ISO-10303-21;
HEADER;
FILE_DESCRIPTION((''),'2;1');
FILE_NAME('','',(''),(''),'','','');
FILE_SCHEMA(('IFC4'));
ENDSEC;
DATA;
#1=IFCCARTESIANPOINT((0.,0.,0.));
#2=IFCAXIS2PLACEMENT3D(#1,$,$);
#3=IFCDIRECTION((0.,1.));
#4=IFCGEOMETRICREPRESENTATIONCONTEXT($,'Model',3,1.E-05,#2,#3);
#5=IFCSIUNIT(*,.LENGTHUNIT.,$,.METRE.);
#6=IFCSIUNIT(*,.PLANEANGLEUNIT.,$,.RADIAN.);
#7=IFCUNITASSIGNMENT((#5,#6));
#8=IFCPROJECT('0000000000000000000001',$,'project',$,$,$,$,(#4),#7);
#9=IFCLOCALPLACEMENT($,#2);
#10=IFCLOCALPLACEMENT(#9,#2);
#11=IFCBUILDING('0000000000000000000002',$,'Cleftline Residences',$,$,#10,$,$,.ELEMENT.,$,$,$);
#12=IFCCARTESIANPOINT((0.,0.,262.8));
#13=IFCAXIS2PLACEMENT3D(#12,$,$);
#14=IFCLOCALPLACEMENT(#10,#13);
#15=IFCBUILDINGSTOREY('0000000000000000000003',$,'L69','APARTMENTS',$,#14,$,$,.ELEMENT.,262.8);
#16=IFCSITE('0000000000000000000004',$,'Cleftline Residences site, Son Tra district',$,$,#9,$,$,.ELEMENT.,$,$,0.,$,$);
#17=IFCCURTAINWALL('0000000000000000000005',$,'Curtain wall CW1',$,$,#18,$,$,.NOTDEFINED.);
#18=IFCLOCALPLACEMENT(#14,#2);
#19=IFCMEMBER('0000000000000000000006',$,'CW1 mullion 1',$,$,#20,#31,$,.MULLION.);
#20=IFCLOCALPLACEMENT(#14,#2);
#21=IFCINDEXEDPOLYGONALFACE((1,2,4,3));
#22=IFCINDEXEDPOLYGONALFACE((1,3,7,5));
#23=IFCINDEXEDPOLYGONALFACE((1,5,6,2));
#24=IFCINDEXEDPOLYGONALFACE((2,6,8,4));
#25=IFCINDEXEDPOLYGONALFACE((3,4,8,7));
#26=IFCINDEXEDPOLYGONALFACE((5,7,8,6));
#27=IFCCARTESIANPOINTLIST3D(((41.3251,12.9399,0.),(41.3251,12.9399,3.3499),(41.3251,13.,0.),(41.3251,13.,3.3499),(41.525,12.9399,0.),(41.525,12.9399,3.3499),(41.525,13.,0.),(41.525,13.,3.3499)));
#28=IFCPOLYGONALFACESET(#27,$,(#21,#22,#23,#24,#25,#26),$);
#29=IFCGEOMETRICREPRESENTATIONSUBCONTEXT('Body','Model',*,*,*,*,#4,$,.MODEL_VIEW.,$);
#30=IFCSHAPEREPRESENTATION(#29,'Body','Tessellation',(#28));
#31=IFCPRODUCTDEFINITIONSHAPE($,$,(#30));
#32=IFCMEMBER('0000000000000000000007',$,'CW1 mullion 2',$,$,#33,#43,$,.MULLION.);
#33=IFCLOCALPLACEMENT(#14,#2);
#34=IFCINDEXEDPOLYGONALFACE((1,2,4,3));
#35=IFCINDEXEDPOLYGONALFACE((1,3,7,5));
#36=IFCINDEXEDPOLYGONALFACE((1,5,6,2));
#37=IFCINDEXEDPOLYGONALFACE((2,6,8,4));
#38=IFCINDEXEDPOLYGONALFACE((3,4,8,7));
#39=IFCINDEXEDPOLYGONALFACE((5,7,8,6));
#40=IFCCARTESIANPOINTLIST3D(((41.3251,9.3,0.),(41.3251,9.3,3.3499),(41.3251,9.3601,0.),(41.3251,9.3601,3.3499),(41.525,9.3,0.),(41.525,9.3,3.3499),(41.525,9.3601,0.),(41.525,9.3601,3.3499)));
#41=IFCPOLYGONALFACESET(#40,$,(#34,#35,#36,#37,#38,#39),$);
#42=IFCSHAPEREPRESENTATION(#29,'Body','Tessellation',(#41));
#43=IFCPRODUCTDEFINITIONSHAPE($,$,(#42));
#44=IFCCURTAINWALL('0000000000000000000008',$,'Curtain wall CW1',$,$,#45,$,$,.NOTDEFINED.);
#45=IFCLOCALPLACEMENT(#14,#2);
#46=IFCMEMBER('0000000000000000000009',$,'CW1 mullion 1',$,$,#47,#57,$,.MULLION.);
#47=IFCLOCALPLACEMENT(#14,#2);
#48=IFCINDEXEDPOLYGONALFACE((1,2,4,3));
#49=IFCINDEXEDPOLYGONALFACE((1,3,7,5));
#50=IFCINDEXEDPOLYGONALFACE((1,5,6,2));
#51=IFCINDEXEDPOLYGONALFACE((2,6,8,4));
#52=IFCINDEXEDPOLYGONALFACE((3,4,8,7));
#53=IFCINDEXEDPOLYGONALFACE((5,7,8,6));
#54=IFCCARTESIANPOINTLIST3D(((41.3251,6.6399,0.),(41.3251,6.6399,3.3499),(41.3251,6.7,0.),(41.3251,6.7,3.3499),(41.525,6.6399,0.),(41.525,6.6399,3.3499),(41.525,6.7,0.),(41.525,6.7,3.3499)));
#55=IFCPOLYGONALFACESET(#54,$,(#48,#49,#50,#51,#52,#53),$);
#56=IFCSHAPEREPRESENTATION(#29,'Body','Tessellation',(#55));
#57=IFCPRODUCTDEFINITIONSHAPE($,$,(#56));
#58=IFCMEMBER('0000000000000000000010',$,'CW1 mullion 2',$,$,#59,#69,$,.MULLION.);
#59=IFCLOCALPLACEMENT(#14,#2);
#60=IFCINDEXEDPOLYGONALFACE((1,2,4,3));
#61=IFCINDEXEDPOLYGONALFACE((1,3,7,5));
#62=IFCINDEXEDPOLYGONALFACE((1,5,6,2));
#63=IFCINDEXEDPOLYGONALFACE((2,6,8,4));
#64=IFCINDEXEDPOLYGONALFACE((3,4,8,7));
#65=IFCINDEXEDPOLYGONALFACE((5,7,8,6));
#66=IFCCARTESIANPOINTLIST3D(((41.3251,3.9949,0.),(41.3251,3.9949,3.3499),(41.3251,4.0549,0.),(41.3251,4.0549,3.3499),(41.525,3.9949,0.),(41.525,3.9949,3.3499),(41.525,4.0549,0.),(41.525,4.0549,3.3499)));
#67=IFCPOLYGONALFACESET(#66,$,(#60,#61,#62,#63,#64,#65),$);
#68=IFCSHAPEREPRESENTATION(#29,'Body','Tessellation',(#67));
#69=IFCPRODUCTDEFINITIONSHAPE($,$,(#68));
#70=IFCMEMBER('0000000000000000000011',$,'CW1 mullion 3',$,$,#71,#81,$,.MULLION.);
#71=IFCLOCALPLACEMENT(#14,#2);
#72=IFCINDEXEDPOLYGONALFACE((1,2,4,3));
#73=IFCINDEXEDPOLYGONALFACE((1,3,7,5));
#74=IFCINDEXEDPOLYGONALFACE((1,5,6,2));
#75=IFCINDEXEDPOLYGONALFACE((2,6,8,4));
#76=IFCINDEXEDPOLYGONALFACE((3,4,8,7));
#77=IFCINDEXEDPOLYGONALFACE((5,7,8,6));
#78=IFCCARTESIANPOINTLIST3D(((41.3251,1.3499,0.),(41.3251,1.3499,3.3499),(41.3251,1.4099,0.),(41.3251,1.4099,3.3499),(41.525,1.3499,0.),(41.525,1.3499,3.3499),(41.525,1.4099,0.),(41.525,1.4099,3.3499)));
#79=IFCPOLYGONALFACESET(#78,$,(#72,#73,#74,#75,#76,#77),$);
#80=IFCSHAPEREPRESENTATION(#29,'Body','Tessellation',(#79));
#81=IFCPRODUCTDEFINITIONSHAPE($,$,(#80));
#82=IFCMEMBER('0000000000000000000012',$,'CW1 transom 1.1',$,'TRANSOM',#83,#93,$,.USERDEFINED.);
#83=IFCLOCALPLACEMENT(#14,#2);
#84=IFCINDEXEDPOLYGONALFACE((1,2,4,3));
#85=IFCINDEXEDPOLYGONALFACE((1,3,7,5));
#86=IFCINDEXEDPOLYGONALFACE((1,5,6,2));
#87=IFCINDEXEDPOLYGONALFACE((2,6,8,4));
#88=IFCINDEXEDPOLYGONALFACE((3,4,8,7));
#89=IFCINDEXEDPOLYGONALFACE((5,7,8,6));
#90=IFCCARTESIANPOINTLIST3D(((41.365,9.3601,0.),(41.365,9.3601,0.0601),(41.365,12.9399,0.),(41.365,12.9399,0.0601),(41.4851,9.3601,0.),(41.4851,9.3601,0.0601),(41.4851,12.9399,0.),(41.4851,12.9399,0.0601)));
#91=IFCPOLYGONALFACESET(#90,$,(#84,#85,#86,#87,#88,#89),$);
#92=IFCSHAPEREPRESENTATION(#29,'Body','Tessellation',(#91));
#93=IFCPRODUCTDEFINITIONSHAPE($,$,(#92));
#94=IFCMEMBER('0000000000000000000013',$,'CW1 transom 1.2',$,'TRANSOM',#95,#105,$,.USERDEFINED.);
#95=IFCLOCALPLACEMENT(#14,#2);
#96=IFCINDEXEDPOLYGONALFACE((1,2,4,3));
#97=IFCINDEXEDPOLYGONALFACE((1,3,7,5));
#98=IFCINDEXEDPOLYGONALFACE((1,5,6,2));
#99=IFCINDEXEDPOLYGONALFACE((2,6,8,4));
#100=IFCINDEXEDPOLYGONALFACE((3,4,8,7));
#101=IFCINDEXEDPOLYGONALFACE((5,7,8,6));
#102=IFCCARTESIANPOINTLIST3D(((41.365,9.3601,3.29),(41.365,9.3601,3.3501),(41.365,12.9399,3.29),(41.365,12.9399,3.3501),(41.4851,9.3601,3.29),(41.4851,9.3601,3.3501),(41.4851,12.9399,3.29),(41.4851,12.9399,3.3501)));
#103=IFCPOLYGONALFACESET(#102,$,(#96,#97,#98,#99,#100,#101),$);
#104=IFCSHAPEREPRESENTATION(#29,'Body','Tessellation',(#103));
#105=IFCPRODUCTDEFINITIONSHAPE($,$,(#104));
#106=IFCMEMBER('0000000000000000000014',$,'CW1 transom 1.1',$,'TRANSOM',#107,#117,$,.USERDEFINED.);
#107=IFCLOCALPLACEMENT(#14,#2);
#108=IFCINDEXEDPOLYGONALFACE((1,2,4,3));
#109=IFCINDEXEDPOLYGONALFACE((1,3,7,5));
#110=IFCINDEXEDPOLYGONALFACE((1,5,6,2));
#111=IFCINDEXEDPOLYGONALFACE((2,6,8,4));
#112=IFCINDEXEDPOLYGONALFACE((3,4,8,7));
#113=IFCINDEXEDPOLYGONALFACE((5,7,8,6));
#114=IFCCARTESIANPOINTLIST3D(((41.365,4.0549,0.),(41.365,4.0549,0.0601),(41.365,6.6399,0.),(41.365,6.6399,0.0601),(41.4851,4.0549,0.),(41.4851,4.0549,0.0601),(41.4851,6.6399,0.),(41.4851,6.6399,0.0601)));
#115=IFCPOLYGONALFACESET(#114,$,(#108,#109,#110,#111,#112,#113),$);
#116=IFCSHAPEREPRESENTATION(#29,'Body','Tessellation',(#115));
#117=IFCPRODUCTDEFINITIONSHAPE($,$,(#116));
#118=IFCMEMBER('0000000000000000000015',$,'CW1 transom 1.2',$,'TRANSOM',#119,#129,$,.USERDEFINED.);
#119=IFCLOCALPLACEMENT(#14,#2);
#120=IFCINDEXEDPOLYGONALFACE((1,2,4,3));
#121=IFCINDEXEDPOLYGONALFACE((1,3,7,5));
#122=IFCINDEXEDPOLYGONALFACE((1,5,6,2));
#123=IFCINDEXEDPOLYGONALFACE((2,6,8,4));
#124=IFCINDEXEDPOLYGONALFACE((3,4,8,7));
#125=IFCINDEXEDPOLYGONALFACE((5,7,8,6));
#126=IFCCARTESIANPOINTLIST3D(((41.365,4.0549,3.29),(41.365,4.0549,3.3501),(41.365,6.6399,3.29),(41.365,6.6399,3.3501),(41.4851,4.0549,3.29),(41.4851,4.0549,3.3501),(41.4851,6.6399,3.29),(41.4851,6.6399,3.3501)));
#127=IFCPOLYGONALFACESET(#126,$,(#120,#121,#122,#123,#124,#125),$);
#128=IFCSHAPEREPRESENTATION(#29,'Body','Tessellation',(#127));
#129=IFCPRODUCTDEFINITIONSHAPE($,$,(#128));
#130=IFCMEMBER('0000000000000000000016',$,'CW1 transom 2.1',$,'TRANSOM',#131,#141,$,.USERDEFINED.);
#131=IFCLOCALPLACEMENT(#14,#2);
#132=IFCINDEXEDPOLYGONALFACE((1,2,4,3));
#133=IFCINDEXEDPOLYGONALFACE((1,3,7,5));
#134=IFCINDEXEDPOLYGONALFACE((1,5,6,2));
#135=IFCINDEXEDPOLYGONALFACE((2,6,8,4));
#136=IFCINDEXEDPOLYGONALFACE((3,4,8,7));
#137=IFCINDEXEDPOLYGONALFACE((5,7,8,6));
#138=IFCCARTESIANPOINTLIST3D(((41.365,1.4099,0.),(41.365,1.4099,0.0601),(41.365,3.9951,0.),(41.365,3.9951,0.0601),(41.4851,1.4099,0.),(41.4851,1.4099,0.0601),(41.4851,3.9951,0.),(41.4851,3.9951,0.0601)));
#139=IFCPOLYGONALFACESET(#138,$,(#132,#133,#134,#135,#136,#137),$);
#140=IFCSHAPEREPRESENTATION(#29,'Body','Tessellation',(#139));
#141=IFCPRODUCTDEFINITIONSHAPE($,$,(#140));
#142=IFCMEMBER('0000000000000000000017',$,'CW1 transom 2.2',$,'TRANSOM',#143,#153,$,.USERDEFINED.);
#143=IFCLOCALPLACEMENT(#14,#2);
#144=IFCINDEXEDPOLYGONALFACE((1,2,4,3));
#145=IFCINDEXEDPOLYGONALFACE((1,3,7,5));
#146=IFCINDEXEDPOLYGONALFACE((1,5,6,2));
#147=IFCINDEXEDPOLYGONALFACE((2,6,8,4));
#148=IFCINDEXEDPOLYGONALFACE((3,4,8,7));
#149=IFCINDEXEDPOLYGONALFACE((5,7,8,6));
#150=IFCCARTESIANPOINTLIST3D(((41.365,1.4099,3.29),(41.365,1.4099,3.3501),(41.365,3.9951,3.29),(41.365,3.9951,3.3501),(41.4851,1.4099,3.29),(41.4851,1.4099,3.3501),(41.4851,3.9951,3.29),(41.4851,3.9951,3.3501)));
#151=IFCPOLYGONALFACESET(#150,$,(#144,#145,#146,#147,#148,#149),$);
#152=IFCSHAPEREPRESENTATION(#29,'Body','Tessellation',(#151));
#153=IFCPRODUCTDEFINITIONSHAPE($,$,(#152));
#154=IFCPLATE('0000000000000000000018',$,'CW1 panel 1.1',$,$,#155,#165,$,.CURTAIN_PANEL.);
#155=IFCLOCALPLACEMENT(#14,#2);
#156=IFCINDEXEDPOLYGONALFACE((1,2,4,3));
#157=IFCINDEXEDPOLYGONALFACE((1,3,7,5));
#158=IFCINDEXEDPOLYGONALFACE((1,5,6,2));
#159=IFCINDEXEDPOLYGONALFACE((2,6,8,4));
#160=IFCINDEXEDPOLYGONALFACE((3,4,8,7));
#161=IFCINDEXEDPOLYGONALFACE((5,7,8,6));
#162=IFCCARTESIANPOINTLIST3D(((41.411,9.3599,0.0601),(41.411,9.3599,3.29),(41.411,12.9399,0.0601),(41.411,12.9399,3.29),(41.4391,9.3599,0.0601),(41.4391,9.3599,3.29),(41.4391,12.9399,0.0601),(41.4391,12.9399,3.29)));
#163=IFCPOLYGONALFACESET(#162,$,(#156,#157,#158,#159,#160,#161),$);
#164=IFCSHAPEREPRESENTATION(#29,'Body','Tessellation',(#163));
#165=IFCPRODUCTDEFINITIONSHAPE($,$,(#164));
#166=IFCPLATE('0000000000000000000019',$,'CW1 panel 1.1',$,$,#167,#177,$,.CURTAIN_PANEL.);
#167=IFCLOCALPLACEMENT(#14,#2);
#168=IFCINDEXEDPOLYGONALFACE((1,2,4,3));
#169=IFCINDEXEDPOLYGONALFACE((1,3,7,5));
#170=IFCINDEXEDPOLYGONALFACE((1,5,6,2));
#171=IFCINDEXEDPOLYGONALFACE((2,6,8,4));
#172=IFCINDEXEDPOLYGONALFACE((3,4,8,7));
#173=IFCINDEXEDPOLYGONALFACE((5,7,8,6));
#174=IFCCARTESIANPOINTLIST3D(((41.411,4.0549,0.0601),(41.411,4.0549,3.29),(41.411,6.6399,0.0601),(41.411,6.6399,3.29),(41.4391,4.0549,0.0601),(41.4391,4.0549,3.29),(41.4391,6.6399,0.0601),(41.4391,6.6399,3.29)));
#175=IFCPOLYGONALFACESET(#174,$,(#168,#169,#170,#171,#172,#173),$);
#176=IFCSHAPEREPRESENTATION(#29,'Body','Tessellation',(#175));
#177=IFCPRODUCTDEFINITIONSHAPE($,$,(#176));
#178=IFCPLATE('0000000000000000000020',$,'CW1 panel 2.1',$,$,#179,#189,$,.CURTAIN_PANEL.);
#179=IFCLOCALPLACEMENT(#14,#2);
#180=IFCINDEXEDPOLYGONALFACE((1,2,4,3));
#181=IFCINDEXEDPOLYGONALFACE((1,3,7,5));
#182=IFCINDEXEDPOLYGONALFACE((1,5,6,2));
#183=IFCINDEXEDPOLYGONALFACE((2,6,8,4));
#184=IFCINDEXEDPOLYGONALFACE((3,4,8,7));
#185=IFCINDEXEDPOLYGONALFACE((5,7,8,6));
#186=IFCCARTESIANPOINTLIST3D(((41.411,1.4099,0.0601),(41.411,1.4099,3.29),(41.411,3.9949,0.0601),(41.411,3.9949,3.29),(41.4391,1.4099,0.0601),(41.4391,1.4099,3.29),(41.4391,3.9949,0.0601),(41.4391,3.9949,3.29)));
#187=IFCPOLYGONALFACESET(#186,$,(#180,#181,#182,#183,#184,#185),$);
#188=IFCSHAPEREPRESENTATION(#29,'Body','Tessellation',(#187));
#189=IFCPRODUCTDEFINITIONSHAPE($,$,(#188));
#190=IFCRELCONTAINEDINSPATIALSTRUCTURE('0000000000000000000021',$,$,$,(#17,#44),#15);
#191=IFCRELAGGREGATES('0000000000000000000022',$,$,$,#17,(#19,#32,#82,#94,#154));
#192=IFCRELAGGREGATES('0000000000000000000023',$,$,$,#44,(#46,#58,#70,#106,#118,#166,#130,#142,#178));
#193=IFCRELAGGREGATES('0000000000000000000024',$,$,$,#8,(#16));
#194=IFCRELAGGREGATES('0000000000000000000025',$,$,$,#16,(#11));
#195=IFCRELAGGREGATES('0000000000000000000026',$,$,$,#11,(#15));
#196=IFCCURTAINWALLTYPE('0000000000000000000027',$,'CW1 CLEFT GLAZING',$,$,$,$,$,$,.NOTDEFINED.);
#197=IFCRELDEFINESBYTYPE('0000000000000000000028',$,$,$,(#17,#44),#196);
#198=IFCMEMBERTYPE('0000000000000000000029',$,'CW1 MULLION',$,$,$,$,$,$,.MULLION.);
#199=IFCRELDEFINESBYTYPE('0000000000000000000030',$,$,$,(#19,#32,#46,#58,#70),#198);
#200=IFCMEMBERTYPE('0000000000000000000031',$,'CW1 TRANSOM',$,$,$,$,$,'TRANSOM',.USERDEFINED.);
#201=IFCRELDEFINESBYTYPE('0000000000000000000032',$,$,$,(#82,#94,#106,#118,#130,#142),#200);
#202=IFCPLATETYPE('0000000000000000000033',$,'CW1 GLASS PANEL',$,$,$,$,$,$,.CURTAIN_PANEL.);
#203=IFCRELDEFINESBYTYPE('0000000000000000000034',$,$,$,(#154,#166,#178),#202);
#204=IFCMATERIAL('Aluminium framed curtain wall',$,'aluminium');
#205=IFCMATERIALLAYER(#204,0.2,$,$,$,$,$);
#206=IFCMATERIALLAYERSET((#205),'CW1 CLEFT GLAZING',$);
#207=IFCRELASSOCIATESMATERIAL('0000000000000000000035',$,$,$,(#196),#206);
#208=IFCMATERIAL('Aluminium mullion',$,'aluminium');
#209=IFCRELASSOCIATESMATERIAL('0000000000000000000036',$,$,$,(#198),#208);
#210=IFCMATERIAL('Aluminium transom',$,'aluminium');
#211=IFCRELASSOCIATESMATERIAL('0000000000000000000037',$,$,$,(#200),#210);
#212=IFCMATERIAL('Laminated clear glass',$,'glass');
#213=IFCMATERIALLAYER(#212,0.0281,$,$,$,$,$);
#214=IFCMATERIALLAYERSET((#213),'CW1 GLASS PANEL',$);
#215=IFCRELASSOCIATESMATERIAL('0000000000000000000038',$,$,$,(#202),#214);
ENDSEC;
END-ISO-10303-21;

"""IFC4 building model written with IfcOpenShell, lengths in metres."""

from ifc_helpers import new_model, si_unit, direction, frame, origin, origin_2d, place, context, subcontext, project, spatial, rectangle, extrude, material, layer, layer_set, material_profile, profile_set, type_object, element, aggregate, save


model = new_model("IFC4")

# Units and contexts
model_context = context("Model", 3, precision=1e-05, world=origin(), true_north=direction((0.0, 1.0)))
body_context = subcontext(model_context, "Body", "Model", "MODEL_VIEW")
ifc_project = project(units=[si_unit("LENGTHUNIT", "METRE"), si_unit("PLANEANGLEUNIT", "RADIAN")], contexts=[model_context])

# Site, building, storey
site_placement = place(None, origin())
site = spatial("IfcSite", under=ifc_project, at=site_placement, Name="Cleftline Residences site, Son Tra district", CompositionType="ELEMENT", RefElevation=0.0)
building_placement = place(site_placement, origin())
building = spatial("IfcBuilding", under=site, at=building_placement, Name="Cleftline Residences", CompositionType="ELEMENT")
storey_placement = place(building_placement, frame((0.0, 0.0, 262.8)))
storey = spatial("IfcBuildingStorey", under=building, at=storey_placement, Name="L69", Description="APARTMENTS", CompositionType="ELEMENT", Elevation=262.8)

# Curtain walls, members
ifc_material_1 = material(Name="Aluminium framed curtain wall", Category="aluminium")
ifc_layer_1 = layer(ifc_material_1, 0.2)
ifc_layer_set_1 = layer_set([ifc_layer_1], Name="CW1 CLEFT GLAZING")
curtain_wall_type = type_object("IfcCurtainWallType", Name="CW1 CLEFT GLAZING", PredefinedType="NOTDEFINED", material=ifc_layer_set_1)
curtain_wall_1_placement = place(storey_placement, origin())
curtain_wall_1 = element("IfcCurtainWall", 1, at=curtain_wall_1_placement, inside=storey, type_object=curtain_wall_type, Name="Curtain wall CW1", PredefinedType="NOTDEFINED")
ifc_material_2 = material(Name="Aluminium mullion", Category="aluminium")
ifc_material_profile_1 = material_profile(ifc_material_2, rectangle(XDim=0.2, YDim=0.0601, at=origin_2d()))
ifc_profile_set_1 = profile_set([ifc_material_profile_1], Name="Aluminium mullion")
member_type_1 = type_object("IfcMemberType", Name="CW1 MULLION", PredefinedType="MULLION", material=ifc_profile_set_1)
member_1_placement = place(storey_placement, frame((41.425, 12.97, 0.0), z_axis=(0.0, 0.0, 1.0), x_axis=(1.0, 0.0, 0.0)))
member_1 = element("IfcMember", 2, at=member_1_placement, type_object=member_type_1, Name="CW1 mullion 1", PredefinedType="MULLION", context=body_context, shape_type="SweptSolid", body=[
    extrude(rectangle(XDim=0.2, YDim=0.0601, at=origin_2d()), origin(), (0.0, 0.0, 1.0), 3.3499),
])
member_2_placement = place(storey_placement, frame((41.425, 9.3301, 0.0), z_axis=(0.0, 0.0, 1.0), x_axis=(1.0, 0.0, 0.0)))
member_2 = element("IfcMember", 3, at=member_2_placement, type_object=member_type_1, Name="CW1 mullion 2", PredefinedType="MULLION", context=body_context, shape_type="SweptSolid", body=[
    extrude(rectangle(XDim=0.2, YDim=0.0601, at=origin_2d()), origin(), (0.0, 0.0, 1.0), 3.3499),
])
curtain_wall_2_placement = place(storey_placement, origin())
curtain_wall_2 = element("IfcCurtainWall", 4, at=curtain_wall_2_placement, inside=storey, type_object=curtain_wall_type, Name="Curtain wall CW1", PredefinedType="NOTDEFINED")
member_3_placement = place(storey_placement, frame((41.425, 6.6699, 0.0), z_axis=(0.0, 0.0, 1.0), x_axis=(1.0, 0.0, 0.0)))
member_3 = element("IfcMember", 5, at=member_3_placement, type_object=member_type_1, Name="CW1 mullion 1", PredefinedType="MULLION", context=body_context, shape_type="SweptSolid", body=[
    extrude(rectangle(XDim=0.2, YDim=0.0601, at=origin_2d()), origin(), (0.0, 0.0, 1.0), 3.3499),
])
member_4_placement = place(storey_placement, frame((41.425, 4.0249, 0.0), z_axis=(0.0, 0.0, 1.0), x_axis=(1.0, 0.0, 0.0)))
member_4 = element("IfcMember", 6, at=member_4_placement, type_object=member_type_1, Name="CW1 mullion 2", PredefinedType="MULLION", context=body_context, shape_type="SweptSolid", body=[
    extrude(rectangle(XDim=0.2, YDim=0.0601, at=origin_2d()), origin(), (0.0, 0.0, 1.0), 3.3499),
])
member_5_placement = place(storey_placement, frame((41.425, 1.3799, 0.0), z_axis=(0.0, 0.0, 1.0), x_axis=(1.0, 0.0, 0.0)))
member_5 = element("IfcMember", 7, at=member_5_placement, type_object=member_type_1, Name="CW1 mullion 3", PredefinedType="MULLION", context=body_context, shape_type="SweptSolid", body=[
    extrude(rectangle(XDim=0.2, YDim=0.0601, at=origin_2d()), origin(), (0.0, 0.0, 1.0), 3.3499),
])

# Members
ifc_material_3 = material(Name="Aluminium transom", Category="aluminium")
ifc_material_profile_2 = material_profile(ifc_material_3, rectangle(XDim=0.1201, YDim=0.0601, at=origin_2d()))
ifc_profile_set_2 = profile_set([ifc_material_profile_2], Name="Aluminium transom")
member_type_2 = type_object("IfcMemberType", Name="CW1 TRANSOM", ElementType="TRANSOM", PredefinedType="USERDEFINED", material=ifc_profile_set_2)
member_6_placement = place(storey_placement, frame((41.425, 12.9399, 0.03), z_axis=(0.0, -1.0, 0.0), x_axis=(1.0, 0.0, 0.0)))
member_6 = element("IfcMember", 8, at=member_6_placement, type_object=member_type_2, Name="CW1 transom 1.1", ObjectType="TRANSOM", PredefinedType="USERDEFINED", context=body_context, shape_type="SweptSolid", body=[
    extrude(rectangle(XDim=0.1201, YDim=0.0601, at=origin_2d()), origin(), (0.0, 0.0, 1.0), 3.5798),
])
member_7_placement = place(storey_placement, frame((41.425, 12.9399, 3.3201), z_axis=(0.0, -1.0, 0.0), x_axis=(1.0, 0.0, 0.0)))
member_7 = element("IfcMember", 9, at=member_7_placement, type_object=member_type_2, Name="CW1 transom 1.2", ObjectType="TRANSOM", PredefinedType="USERDEFINED", context=body_context, shape_type="SweptSolid", body=[
    extrude(rectangle(XDim=0.1201, YDim=0.0601, at=origin_2d()), origin(), (0.0, 0.0, 1.0), 3.5798),
])
member_8_placement = place(storey_placement, frame((41.425, 6.6399, 0.03), z_axis=(0.0, -1.0, 0.0), x_axis=(1.0, 0.0, 0.0)))
member_8 = element("IfcMember", 10, at=member_8_placement, type_object=member_type_2, Name="CW1 transom 1.1", ObjectType="TRANSOM", PredefinedType="USERDEFINED", context=body_context, shape_type="SweptSolid", body=[
    extrude(rectangle(XDim=0.1201, YDim=0.0601, at=origin_2d()), origin(), (0.0, 0.0, 1.0), 2.585),
])
member_9_placement = place(storey_placement, frame((41.425, 6.6399, 3.3201), z_axis=(0.0, -1.0, 0.0), x_axis=(1.0, 0.0, 0.0)))
member_9 = element("IfcMember", 11, at=member_9_placement, type_object=member_type_2, Name="CW1 transom 1.2", ObjectType="TRANSOM", PredefinedType="USERDEFINED", context=body_context, shape_type="SweptSolid", body=[
    extrude(rectangle(XDim=0.1201, YDim=0.0601, at=origin_2d()), origin(), (0.0, 0.0, 1.0), 2.585),
])
member_10_placement = place(storey_placement, frame((41.425, 3.9951, 0.03), z_axis=(0.0, -1.0, 0.0), x_axis=(1.0, 0.0, 0.0)))
member_10 = element("IfcMember", 12, at=member_10_placement, type_object=member_type_2, Name="CW1 transom 2.1", ObjectType="TRANSOM", PredefinedType="USERDEFINED", context=body_context, shape_type="SweptSolid", body=[
    extrude(rectangle(XDim=0.1201, YDim=0.0601, at=origin_2d()), origin(), (0.0, 0.0, 1.0), 2.5852),
])
member_11_placement = place(storey_placement, frame((41.425, 3.9951, 3.3201), z_axis=(0.0, -1.0, 0.0), x_axis=(1.0, 0.0, 0.0)))
member_11 = element("IfcMember", 13, at=member_11_placement, type_object=member_type_2, Name="CW1 transom 2.2", ObjectType="TRANSOM", PredefinedType="USERDEFINED", context=body_context, shape_type="SweptSolid", body=[
    extrude(rectangle(XDim=0.1201, YDim=0.0601, at=origin_2d()), origin(), (0.0, 0.0, 1.0), 2.5852),
])

# Plates
ifc_material_4 = material(Name="Laminated clear glass", Category="glass")
ifc_layer_2 = layer(ifc_material_4, 0.0281)
ifc_layer_set_2 = layer_set([ifc_layer_2], Name="CW1 GLASS PANEL")
plate_type = type_object("IfcPlateType", Name="CW1 GLASS PANEL", PredefinedType="CURTAIN_PANEL", material=ifc_layer_set_2)
plate_1_placement = place(storey_placement, frame((41.425, 11.1499, 0.0601), z_axis=(0.0, 0.0, 1.0), x_axis=(0.0, -1.0, 0.0)))
plate_1 = element("IfcPlate", 14, at=plate_1_placement, type_object=plate_type, Name="CW1 panel 1.1", PredefinedType="CURTAIN_PANEL", context=body_context, shape_type="SweptSolid", body=[
    extrude(rectangle(XDim=3.5801, YDim=0.0281, at=origin_2d()), origin(), (0.0, 0.0, 1.0), 3.23),
])
aggregate(curtain_wall_1, [member_1, member_2, member_6, member_7, plate_1])
plate_2_placement = place(storey_placement, frame((41.425, 5.3474, 0.0601), z_axis=(0.0, 0.0, 1.0), x_axis=(0.0, -1.0, 0.0)))
plate_2 = element("IfcPlate", 15, at=plate_2_placement, type_object=plate_type, Name="CW1 panel 1.1", PredefinedType="CURTAIN_PANEL", context=body_context, shape_type="SweptSolid", body=[
    extrude(rectangle(XDim=2.585, YDim=0.0281, at=origin_2d()), origin(), (0.0, 0.0, 1.0), 3.23),
])
plate_3_placement = place(storey_placement, frame((41.425, 2.7024, 0.0601), z_axis=(0.0, 0.0, 1.0), x_axis=(0.0, -1.0, 0.0)))
plate_3 = element("IfcPlate", 16, at=plate_3_placement, type_object=plate_type, Name="CW1 panel 2.1", PredefinedType="CURTAIN_PANEL", context=body_context, shape_type="SweptSolid", body=[
    extrude(rectangle(XDim=2.585, YDim=0.0281, at=origin_2d()), origin(), (0.0, 0.0, 1.0), 3.23),
])
aggregate(curtain_wall_2, [member_3, member_4, member_5, member_8, member_9, plate_2, member_10, member_11, plate_3])

save(model, "model.ifc")
